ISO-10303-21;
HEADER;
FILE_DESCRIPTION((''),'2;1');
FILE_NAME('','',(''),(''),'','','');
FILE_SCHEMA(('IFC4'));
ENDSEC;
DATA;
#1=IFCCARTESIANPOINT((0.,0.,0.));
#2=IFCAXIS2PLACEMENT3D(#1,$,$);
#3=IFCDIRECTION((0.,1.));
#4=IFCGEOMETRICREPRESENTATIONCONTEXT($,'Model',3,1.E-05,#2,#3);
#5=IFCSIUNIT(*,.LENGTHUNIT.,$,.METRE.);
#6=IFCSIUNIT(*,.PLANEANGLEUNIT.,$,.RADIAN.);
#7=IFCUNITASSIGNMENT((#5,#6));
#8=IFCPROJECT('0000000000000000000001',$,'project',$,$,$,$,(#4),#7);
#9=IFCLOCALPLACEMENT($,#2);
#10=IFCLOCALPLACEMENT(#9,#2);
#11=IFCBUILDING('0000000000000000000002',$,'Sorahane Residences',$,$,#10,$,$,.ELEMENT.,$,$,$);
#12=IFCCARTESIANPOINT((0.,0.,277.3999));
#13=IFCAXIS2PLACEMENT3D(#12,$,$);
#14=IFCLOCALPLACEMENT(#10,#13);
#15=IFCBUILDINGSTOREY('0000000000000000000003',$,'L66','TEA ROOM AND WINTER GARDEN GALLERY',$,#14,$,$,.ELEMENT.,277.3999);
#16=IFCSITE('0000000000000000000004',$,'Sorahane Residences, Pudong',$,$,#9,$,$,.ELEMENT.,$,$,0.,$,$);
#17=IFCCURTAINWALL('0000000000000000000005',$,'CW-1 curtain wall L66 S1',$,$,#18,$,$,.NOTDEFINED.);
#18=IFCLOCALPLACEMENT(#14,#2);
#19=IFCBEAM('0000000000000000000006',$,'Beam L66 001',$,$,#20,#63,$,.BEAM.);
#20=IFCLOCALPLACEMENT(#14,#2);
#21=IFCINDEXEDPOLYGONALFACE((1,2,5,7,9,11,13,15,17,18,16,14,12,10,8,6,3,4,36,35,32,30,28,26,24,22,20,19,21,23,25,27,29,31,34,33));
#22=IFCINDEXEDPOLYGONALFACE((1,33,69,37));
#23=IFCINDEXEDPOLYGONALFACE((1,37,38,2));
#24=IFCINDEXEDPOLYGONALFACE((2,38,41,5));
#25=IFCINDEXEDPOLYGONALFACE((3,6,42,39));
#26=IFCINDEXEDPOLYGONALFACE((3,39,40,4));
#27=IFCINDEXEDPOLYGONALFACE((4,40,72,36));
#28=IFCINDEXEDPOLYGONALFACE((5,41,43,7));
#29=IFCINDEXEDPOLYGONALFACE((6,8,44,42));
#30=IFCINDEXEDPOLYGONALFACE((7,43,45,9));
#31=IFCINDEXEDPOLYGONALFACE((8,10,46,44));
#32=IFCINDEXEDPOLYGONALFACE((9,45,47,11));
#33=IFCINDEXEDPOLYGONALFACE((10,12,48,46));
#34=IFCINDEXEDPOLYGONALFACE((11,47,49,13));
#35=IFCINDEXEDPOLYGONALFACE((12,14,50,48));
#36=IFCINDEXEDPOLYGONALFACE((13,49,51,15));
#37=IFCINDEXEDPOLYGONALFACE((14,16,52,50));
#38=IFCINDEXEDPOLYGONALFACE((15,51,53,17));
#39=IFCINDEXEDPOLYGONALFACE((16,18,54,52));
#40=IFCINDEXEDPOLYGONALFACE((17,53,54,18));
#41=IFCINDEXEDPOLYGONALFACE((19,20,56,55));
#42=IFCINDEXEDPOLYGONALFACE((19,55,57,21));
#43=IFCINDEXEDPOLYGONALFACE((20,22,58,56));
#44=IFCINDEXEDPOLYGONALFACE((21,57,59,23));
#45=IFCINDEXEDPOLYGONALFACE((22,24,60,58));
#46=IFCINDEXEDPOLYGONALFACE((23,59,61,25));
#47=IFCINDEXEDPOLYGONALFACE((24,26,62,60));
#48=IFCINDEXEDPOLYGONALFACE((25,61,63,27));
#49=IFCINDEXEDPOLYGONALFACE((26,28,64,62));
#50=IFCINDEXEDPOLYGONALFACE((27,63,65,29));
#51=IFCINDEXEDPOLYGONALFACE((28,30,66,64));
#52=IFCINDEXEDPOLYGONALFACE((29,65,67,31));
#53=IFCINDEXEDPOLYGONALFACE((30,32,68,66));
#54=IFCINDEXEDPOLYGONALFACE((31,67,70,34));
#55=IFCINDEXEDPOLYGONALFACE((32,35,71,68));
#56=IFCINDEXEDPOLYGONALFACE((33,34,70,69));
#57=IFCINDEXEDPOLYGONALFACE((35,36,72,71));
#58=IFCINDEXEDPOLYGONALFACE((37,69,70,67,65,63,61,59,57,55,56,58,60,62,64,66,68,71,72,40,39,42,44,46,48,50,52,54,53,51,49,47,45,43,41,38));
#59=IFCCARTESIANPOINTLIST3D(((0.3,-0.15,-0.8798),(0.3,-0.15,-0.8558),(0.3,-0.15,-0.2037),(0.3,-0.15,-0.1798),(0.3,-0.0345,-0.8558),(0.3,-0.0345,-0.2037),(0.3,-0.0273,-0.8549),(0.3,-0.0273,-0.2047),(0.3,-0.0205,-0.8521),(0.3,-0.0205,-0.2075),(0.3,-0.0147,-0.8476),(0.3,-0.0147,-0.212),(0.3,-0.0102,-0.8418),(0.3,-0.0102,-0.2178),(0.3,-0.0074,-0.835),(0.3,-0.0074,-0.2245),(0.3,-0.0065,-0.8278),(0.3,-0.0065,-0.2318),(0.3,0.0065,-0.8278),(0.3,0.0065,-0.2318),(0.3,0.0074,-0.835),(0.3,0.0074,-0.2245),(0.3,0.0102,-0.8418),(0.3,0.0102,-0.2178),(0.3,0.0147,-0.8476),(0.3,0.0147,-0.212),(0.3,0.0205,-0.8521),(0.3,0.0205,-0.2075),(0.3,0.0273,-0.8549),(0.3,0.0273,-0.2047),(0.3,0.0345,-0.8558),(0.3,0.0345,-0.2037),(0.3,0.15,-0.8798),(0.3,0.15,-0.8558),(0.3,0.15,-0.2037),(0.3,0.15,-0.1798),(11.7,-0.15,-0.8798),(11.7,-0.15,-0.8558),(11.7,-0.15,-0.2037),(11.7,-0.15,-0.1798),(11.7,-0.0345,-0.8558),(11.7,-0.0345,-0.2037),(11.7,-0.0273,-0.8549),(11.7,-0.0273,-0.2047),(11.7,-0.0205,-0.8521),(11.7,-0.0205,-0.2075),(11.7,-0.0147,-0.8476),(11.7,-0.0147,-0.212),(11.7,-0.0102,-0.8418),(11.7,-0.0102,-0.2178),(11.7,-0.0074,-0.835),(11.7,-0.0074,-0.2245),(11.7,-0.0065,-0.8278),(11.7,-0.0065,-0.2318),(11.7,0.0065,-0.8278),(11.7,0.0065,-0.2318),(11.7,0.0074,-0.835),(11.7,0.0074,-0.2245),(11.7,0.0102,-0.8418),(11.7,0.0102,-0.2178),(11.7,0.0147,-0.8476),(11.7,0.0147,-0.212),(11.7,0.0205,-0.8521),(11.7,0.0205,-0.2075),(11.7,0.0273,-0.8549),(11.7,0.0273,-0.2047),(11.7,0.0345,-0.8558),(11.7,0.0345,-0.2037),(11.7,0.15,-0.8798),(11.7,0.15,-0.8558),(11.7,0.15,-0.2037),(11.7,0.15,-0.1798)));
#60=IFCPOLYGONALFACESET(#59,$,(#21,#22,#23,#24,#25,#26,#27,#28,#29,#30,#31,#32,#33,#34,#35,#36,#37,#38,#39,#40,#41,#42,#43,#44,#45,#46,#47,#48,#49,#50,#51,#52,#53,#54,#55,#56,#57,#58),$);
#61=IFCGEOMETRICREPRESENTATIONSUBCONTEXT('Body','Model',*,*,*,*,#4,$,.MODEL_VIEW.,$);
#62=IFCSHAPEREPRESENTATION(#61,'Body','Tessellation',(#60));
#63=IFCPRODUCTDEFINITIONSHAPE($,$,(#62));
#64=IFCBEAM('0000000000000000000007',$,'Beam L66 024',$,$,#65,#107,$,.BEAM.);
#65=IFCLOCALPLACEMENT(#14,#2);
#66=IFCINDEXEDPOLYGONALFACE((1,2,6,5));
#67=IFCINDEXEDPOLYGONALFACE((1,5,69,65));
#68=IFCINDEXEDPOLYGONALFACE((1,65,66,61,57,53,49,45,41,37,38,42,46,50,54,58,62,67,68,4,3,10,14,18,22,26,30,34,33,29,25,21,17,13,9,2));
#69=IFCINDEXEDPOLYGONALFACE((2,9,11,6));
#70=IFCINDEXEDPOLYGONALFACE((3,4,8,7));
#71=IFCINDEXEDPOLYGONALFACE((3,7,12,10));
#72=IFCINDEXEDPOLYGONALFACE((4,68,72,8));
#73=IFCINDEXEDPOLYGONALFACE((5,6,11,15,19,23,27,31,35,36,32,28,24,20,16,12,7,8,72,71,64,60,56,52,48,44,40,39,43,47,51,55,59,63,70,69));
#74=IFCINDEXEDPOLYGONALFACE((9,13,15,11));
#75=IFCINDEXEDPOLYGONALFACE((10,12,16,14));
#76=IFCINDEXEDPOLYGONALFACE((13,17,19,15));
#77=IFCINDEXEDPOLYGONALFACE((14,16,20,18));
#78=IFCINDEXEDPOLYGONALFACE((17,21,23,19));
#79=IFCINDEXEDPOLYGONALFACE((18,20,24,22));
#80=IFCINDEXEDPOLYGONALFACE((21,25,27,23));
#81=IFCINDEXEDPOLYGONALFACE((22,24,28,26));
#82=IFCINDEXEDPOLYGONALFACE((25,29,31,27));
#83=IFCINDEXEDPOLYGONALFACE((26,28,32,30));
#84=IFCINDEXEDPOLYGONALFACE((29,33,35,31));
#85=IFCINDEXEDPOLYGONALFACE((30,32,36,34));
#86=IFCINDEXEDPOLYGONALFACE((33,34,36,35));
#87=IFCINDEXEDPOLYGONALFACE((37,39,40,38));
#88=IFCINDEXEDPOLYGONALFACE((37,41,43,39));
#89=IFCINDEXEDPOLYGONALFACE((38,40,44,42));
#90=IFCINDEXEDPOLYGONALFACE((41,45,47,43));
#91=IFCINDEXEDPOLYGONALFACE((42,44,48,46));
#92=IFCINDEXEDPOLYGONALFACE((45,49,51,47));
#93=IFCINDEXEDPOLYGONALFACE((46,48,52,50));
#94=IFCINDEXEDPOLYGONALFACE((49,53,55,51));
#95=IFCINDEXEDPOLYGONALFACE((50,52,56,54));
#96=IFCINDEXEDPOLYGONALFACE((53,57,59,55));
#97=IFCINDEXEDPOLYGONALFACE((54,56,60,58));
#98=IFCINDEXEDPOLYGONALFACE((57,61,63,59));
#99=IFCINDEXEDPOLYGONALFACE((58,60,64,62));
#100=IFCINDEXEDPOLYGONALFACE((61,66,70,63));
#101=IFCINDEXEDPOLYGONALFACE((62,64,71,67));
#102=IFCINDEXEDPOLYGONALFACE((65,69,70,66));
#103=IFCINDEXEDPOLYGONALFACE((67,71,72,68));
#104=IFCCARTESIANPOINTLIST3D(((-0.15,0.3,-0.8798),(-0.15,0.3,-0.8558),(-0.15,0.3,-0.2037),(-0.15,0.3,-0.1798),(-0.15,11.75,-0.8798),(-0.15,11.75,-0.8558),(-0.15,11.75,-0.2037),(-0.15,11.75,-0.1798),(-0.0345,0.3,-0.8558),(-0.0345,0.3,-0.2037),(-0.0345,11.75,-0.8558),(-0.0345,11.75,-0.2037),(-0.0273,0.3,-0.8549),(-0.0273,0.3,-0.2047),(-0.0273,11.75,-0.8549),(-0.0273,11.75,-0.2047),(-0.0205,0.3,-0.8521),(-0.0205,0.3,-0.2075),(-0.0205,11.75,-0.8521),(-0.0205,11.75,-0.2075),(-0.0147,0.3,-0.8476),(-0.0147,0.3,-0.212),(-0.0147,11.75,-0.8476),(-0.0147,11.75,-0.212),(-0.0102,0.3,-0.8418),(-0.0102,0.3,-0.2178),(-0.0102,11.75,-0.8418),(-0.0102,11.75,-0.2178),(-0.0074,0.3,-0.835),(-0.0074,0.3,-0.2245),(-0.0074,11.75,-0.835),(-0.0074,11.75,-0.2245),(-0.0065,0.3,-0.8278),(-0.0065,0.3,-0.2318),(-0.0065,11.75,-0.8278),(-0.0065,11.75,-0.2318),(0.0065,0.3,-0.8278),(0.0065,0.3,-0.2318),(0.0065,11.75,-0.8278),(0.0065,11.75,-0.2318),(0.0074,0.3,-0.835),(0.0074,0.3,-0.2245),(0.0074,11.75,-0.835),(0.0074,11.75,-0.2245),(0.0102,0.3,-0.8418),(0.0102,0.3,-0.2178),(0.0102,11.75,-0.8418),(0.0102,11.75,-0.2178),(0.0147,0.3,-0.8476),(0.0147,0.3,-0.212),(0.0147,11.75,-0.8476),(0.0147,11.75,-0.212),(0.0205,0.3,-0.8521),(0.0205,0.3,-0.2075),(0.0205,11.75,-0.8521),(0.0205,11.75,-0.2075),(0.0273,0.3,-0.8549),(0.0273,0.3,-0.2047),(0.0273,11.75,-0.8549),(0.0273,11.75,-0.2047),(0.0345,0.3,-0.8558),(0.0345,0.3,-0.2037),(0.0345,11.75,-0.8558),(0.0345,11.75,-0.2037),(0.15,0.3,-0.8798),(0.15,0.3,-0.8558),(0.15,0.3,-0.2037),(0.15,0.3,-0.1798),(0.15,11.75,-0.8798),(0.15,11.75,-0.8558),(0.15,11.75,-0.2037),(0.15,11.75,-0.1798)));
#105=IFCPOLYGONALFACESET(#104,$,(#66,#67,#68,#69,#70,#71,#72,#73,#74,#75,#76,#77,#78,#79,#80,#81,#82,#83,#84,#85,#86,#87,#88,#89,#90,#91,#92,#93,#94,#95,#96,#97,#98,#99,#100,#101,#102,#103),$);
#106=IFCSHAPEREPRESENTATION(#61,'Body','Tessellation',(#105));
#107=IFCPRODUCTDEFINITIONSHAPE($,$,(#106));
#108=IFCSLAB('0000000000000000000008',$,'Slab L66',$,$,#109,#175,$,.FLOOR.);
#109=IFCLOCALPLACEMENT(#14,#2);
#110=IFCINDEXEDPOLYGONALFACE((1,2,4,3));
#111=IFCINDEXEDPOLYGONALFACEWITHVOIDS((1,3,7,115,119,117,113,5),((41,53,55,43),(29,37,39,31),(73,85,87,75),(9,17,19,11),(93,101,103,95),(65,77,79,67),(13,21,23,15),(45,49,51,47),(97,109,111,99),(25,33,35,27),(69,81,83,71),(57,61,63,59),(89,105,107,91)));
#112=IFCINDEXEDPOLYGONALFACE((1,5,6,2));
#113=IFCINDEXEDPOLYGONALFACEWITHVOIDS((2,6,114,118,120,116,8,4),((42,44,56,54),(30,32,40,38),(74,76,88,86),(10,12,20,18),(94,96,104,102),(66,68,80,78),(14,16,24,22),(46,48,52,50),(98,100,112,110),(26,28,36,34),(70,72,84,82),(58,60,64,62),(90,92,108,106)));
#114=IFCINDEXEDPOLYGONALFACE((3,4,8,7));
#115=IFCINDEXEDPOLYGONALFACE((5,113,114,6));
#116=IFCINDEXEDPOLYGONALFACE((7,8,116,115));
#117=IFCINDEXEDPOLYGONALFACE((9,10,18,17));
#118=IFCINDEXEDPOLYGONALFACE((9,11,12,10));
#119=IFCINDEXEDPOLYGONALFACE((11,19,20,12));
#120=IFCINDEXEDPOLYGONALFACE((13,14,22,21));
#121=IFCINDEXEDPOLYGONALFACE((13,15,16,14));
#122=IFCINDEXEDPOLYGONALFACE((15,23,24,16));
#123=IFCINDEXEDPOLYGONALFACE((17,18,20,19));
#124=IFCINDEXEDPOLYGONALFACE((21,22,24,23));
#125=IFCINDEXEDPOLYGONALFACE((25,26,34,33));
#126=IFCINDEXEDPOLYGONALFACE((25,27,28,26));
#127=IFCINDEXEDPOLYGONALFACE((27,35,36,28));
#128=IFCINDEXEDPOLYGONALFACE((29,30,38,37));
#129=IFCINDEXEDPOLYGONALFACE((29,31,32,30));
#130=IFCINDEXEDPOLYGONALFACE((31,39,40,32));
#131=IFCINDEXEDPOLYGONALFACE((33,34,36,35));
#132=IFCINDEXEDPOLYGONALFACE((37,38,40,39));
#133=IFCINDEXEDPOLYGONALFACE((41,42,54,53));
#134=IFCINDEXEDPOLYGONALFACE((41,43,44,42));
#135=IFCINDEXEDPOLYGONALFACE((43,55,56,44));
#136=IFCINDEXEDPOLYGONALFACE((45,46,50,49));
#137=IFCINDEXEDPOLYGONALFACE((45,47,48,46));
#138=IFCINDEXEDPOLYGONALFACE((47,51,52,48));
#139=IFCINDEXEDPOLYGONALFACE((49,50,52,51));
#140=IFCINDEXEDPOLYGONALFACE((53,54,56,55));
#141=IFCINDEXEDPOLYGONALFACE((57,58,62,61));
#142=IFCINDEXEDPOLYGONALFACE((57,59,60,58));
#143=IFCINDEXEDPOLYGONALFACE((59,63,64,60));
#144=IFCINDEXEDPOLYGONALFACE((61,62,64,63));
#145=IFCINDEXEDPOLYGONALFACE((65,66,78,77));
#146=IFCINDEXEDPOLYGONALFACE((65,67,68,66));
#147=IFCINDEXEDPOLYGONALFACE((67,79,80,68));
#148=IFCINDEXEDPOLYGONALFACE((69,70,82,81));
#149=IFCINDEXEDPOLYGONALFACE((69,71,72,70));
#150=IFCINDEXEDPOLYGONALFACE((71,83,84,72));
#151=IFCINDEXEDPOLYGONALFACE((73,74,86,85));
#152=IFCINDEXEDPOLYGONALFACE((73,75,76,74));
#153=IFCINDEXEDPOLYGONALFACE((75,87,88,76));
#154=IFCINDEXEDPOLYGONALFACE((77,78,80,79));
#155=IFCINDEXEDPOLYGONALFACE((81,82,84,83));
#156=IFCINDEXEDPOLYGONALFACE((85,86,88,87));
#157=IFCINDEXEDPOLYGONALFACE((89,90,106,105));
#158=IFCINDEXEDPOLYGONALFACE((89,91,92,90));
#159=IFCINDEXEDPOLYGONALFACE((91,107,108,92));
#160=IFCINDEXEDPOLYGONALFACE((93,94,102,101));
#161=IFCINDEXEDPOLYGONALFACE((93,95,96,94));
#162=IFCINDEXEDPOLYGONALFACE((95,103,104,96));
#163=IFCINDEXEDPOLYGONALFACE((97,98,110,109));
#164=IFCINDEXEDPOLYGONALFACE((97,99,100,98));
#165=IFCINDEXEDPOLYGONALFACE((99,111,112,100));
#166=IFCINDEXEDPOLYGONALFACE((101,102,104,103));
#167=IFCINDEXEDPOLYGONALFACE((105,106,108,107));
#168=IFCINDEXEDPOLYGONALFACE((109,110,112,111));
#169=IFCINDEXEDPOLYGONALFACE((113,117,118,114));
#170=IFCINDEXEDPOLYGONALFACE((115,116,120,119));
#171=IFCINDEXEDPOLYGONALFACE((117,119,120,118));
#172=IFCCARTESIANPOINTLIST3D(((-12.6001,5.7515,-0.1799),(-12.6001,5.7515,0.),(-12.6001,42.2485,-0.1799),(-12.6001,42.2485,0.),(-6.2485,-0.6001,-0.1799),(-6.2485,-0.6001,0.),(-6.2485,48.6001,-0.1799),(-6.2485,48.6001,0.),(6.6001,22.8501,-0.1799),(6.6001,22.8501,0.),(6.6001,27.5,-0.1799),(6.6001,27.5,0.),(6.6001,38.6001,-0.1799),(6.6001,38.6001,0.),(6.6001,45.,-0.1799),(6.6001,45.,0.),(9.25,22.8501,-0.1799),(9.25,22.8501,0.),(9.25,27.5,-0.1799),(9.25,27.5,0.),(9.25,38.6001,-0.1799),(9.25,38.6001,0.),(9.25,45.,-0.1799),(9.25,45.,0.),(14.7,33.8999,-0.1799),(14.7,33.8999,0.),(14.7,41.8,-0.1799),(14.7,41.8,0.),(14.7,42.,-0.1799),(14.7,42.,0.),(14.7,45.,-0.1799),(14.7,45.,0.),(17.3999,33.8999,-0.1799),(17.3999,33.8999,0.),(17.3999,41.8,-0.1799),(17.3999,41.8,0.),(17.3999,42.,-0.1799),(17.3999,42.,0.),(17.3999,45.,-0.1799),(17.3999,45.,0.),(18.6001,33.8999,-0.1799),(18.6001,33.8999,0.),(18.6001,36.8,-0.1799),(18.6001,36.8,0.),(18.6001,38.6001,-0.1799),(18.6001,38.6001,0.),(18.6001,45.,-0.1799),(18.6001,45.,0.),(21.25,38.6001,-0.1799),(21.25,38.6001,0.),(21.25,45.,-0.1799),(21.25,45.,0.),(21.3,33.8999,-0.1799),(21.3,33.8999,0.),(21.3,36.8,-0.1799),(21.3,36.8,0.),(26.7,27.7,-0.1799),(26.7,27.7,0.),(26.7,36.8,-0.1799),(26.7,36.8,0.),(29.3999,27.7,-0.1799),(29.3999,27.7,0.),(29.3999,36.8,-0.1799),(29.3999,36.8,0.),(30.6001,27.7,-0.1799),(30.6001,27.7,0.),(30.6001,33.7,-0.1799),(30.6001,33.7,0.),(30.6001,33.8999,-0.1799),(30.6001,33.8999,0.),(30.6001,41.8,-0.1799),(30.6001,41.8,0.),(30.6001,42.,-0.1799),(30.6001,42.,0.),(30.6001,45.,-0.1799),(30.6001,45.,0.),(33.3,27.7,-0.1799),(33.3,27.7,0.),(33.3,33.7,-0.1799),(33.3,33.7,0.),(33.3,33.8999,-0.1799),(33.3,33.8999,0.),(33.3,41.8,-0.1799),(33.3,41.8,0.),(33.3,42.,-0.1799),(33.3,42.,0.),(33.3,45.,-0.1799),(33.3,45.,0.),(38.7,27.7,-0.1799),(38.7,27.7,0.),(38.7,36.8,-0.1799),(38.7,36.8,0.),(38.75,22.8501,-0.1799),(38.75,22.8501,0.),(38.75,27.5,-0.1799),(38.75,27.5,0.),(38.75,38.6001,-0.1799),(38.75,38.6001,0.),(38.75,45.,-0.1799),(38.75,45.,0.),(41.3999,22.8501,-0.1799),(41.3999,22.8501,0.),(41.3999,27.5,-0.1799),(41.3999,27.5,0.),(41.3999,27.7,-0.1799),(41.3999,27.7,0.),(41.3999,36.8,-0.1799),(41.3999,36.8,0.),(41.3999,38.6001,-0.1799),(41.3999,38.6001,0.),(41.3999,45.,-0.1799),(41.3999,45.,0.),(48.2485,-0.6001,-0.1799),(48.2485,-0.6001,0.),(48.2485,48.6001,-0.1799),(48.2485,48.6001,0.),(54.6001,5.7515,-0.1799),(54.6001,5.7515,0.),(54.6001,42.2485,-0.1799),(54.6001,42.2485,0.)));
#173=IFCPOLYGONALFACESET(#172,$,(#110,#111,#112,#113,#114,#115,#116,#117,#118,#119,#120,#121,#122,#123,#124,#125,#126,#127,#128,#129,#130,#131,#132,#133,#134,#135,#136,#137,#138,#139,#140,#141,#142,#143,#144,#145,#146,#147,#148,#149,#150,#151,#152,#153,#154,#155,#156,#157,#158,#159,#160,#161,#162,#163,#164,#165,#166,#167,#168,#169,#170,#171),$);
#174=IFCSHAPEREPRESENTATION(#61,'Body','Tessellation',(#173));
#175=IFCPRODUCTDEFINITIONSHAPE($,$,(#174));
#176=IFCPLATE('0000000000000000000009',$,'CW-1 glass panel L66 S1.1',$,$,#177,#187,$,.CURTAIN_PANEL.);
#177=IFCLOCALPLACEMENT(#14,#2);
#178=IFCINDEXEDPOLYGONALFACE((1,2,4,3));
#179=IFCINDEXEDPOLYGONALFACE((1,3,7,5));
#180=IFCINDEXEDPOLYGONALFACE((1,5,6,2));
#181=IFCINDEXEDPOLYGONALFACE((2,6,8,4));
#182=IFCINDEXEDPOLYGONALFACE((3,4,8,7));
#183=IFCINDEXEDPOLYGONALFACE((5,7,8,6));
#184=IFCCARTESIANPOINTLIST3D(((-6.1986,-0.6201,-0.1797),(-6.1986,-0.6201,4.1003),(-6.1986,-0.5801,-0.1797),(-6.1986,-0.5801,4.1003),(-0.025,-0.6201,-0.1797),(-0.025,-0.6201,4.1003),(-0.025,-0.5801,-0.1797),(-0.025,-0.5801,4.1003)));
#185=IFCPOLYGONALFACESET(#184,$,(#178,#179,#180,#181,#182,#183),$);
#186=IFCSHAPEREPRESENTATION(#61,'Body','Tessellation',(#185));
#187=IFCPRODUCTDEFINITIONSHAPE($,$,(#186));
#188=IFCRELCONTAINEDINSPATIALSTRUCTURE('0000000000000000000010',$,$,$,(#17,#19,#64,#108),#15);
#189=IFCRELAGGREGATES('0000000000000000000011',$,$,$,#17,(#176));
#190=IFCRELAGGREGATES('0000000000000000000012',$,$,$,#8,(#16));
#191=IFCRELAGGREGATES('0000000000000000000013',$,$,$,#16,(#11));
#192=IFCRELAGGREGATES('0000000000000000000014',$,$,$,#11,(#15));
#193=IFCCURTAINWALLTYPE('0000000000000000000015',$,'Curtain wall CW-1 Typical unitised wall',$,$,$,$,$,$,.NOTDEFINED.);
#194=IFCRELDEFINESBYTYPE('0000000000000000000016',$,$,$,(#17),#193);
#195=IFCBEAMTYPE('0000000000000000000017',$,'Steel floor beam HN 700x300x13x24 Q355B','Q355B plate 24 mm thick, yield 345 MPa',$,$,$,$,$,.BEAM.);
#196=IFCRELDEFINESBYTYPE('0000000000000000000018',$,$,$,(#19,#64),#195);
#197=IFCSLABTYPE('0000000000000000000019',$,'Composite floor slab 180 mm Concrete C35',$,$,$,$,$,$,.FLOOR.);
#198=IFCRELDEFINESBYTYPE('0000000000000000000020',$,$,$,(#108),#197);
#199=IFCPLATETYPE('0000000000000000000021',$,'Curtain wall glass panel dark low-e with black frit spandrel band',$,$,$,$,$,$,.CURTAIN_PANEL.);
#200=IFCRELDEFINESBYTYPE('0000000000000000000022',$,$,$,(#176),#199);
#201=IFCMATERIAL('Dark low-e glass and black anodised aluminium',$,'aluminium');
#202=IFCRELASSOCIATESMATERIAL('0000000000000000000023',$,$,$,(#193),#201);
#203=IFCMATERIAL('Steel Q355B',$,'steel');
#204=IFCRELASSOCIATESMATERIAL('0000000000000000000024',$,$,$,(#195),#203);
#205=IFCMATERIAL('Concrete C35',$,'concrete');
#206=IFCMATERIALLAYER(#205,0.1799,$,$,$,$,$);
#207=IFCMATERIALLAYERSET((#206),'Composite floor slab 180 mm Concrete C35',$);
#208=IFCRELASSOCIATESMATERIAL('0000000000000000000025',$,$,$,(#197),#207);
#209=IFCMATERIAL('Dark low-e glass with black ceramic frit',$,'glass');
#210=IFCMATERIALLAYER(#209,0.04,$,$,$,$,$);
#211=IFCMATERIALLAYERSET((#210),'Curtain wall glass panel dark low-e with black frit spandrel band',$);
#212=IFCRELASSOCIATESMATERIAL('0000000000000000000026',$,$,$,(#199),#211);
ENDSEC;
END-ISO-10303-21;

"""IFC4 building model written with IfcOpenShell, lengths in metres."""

from ifc_helpers import new_model, si_unit, direction, frame, origin, origin_2d, place, context, subcontext, project, spatial, polyline, rectangle, i_section, outline, extrude, material, layer, layer_set, material_profile, profile_set, type_object, element, aggregate, save


model = new_model("IFC4")

# Units and contexts
model_context = context("Model", 3, precision=1e-05, world=origin(), true_north=direction((0.0, 1.0)))
body_context = subcontext(model_context, "Body", "Model", "MODEL_VIEW")
ifc_project = project(units=[si_unit("LENGTHUNIT", "METRE"), si_unit("PLANEANGLEUNIT", "RADIAN")], contexts=[model_context])

# Site, building, storey
site_placement = place(None, origin())
site = spatial("IfcSite", under=ifc_project, at=site_placement, Name="Sorahane Residences, Pudong", CompositionType="ELEMENT", RefElevation=0.0)
building_placement = place(site_placement, origin())
building = spatial("IfcBuilding", under=site, at=building_placement, Name="Sorahane Residences", CompositionType="ELEMENT")
storey_placement = place(building_placement, frame((0.0, 0.0, 277.3999)))
storey = spatial("IfcBuildingStorey", under=building, at=storey_placement, Name="L66", Description="TEA ROOM AND WINTER GARDEN GALLERY", CompositionType="ELEMENT", Elevation=277.3999)

# Curtain wall
ifc_material_1 = material(Name="Dark low-e glass and black anodised aluminium", Category="aluminium")
curtain_wall_type_1 = type_object("IfcCurtainWallType", Name="Curtain wall CW-1 Typical unitised wall", PredefinedType="NOTDEFINED", material=ifc_material_1)
curtain_wall_1_placement = place(storey_placement, origin())
curtain_wall_1 = element("IfcCurtainWall", 1, at=curtain_wall_1_placement, inside=storey, type_object=curtain_wall_type_1, Name="CW-1 curtain wall L66 S1", PredefinedType="NOTDEFINED")

# Beams
ifc_material_2 = material(Name="Steel Q355B", Category="steel")
ifc_material_profile_1 = material_profile(ifc_material_2, i_section(OverallWidth=0.3, OverallDepth=0.7, WebThickness=0.0129, FlangeThickness=0.0239, FilletRadius=0.0281, at=origin_2d()), Name="HN 700x300x13x24")
ifc_profile_set_1 = profile_set([ifc_material_profile_1], Name="Steel Q355B")
beam_type_1 = type_object("IfcBeamType", Name="Steel floor beam HN 700x300x13x24 Q355B", Description="Q355B plate 24 mm thick, yield 345 MPa", PredefinedType="BEAM", material=ifc_profile_set_1)
beam_1_placement = place(storey_placement, frame((0.3, 0.0, -0.5298), z_axis=(1.0, 0.0, 0.0), x_axis=(0.0, 1.0, 0.0)))
element("IfcBeam", 2, at=beam_1_placement, inside=storey, type_object=beam_type_1, Name="Beam L66 001", PredefinedType="BEAM", context=body_context, shape_type="SweptSolid", body=[
    extrude(i_section(OverallWidth=0.3, OverallDepth=0.7, WebThickness=0.0129, FlangeThickness=0.0239, FilletRadius=0.0281, at=origin_2d()), origin(), (0.0, 0.0, 1.0), 11.3999),
])
beam_2_placement = place(storey_placement, frame((0.0, 0.3, -0.5298), z_axis=(0.0, 1.0, 0.0), x_axis=(-1.0, 0.0, 0.0)))
element("IfcBeam", 3, at=beam_2_placement, inside=storey, type_object=beam_type_1, Name="Beam L66 024", PredefinedType="BEAM", context=body_context, shape_type="SweptSolid", body=[
    extrude(i_section(OverallWidth=0.3, OverallDepth=0.7, WebThickness=0.0129, FlangeThickness=0.0239, FilletRadius=0.0281, at=origin_2d()), origin(), (0.0, 0.0, 1.0), 11.45),
])

# Slab
ifc_material_3 = material(Name="Concrete C35", Category="concrete")
ifc_layer_1 = layer(ifc_material_3, 0.1799)
ifc_layer_set_1 = layer_set([ifc_layer_1], Name="Composite floor slab 180 mm Concrete C35")
slab_type_1 = type_object("IfcSlabType", Name="Composite floor slab 180 mm Concrete C35", PredefinedType="FLOOR", material=ifc_layer_set_1)
slab_1_placement = place(storey_placement, frame((0.0, 0.0, -0.1799)))
element("IfcSlab", 4, at=slab_1_placement, inside=storey, type_object=slab_type_1, Name="Slab L66", PredefinedType="FLOOR", context=body_context, shape_type="SweptSolid", body=[
    extrude(outline(polyline([(-6.2485, -0.6001), (-12.6001, 5.7515), (-12.6001, 42.2485), (-6.2485, 48.6001), (48.2485, 48.6001), (54.6001, 42.2485), (54.6001, 5.7515), (48.2485, -0.6001), (-6.2485, -0.6001)]), holes=[polyline([(38.7, 27.7), (41.3999, 27.7), (41.3999, 36.8), (38.7, 36.8), (38.7, 27.7)]), polyline([(30.6001, 27.7), (33.3, 27.7), (33.3, 33.7), (30.6001, 33.7), (30.6001, 27.7)]), polyline([(30.6001, 42.0), (33.3, 42.0), (33.3, 45.0), (30.6001, 45.0), (30.6001, 42.0)]), polyline([(14.7, 42.0), (17.3999, 42.0), (17.3999, 45.0), (14.7, 45.0), (14.7, 42.0)]), polyline([(9.25, 38.6001), (9.25, 45.0), (6.6001, 45.0), (6.6001, 38.6001), (9.25, 38.6001)]), polyline([(41.3999, 38.6001), (41.3999, 45.0), (38.75, 45.0), (38.75, 38.6001), (41.3999, 38.6001)]), polyline([(21.25, 38.6001), (21.25, 45.0), (18.6001, 45.0), (18.6001, 38.6001), (21.25, 38.6001)]), polyline([(9.25, 22.8501), (9.25, 27.5), (6.6001, 27.5), (6.6001, 22.8501), (9.25, 22.8501)]), polyline([(41.3999, 22.8501), (41.3999, 27.5), (38.75, 27.5), (38.75, 22.8501), (41.3999, 22.8501)]), polyline([(14.7, 33.8999), (17.3999, 33.8999), (17.3999, 41.8), (14.7, 41.8), (14.7, 33.8999)]), polyline([(30.6001, 33.8999), (33.3, 33.8999), (33.3, 41.8), (30.6001, 41.8), (30.6001, 33.8999)]), polyline([(18.6001, 33.8999), (21.3, 33.8999), (21.3, 36.8), (18.6001, 36.8), (18.6001, 33.8999)]), polyline([(26.7, 27.7), (29.3999, 27.7), (29.3999, 36.8), (26.7, 36.8), (26.7, 27.7)])]), origin(), (0.0, 0.0, 1.0), 0.1799),
])

# Plate
ifc_material_4 = material(Name="Dark low-e glass with black ceramic frit", Category="glass")
ifc_layer_2 = layer(ifc_material_4, 0.04)
ifc_layer_set_2 = layer_set([ifc_layer_2], Name="Curtain wall glass panel dark low-e with black frit spandrel band")
plate_type = type_object("IfcPlateType", Name="Curtain wall glass panel dark low-e with black frit spandrel band", PredefinedType="CURTAIN_PANEL", material=ifc_layer_set_2)
plate_1_placement = place(storey_placement, frame((-3.1118, -0.6001, -0.1797), z_axis=(0.0, 0.0, 1.0), x_axis=(1.0, 0.0, 0.0)))
plate_1 = element("IfcPlate", 5, at=plate_1_placement, type_object=plate_type, Name="CW-1 glass panel L66 S1.1", PredefinedType="CURTAIN_PANEL", context=body_context, shape_type="SweptSolid", body=[
    extrude(rectangle(XDim=6.1736, YDim=0.04, at=origin_2d()), origin(), (0.0, 0.0, 1.0), 4.28),
])
aggregate(curtain_wall_1, [plate_1])

save(model, "model.ifc")
